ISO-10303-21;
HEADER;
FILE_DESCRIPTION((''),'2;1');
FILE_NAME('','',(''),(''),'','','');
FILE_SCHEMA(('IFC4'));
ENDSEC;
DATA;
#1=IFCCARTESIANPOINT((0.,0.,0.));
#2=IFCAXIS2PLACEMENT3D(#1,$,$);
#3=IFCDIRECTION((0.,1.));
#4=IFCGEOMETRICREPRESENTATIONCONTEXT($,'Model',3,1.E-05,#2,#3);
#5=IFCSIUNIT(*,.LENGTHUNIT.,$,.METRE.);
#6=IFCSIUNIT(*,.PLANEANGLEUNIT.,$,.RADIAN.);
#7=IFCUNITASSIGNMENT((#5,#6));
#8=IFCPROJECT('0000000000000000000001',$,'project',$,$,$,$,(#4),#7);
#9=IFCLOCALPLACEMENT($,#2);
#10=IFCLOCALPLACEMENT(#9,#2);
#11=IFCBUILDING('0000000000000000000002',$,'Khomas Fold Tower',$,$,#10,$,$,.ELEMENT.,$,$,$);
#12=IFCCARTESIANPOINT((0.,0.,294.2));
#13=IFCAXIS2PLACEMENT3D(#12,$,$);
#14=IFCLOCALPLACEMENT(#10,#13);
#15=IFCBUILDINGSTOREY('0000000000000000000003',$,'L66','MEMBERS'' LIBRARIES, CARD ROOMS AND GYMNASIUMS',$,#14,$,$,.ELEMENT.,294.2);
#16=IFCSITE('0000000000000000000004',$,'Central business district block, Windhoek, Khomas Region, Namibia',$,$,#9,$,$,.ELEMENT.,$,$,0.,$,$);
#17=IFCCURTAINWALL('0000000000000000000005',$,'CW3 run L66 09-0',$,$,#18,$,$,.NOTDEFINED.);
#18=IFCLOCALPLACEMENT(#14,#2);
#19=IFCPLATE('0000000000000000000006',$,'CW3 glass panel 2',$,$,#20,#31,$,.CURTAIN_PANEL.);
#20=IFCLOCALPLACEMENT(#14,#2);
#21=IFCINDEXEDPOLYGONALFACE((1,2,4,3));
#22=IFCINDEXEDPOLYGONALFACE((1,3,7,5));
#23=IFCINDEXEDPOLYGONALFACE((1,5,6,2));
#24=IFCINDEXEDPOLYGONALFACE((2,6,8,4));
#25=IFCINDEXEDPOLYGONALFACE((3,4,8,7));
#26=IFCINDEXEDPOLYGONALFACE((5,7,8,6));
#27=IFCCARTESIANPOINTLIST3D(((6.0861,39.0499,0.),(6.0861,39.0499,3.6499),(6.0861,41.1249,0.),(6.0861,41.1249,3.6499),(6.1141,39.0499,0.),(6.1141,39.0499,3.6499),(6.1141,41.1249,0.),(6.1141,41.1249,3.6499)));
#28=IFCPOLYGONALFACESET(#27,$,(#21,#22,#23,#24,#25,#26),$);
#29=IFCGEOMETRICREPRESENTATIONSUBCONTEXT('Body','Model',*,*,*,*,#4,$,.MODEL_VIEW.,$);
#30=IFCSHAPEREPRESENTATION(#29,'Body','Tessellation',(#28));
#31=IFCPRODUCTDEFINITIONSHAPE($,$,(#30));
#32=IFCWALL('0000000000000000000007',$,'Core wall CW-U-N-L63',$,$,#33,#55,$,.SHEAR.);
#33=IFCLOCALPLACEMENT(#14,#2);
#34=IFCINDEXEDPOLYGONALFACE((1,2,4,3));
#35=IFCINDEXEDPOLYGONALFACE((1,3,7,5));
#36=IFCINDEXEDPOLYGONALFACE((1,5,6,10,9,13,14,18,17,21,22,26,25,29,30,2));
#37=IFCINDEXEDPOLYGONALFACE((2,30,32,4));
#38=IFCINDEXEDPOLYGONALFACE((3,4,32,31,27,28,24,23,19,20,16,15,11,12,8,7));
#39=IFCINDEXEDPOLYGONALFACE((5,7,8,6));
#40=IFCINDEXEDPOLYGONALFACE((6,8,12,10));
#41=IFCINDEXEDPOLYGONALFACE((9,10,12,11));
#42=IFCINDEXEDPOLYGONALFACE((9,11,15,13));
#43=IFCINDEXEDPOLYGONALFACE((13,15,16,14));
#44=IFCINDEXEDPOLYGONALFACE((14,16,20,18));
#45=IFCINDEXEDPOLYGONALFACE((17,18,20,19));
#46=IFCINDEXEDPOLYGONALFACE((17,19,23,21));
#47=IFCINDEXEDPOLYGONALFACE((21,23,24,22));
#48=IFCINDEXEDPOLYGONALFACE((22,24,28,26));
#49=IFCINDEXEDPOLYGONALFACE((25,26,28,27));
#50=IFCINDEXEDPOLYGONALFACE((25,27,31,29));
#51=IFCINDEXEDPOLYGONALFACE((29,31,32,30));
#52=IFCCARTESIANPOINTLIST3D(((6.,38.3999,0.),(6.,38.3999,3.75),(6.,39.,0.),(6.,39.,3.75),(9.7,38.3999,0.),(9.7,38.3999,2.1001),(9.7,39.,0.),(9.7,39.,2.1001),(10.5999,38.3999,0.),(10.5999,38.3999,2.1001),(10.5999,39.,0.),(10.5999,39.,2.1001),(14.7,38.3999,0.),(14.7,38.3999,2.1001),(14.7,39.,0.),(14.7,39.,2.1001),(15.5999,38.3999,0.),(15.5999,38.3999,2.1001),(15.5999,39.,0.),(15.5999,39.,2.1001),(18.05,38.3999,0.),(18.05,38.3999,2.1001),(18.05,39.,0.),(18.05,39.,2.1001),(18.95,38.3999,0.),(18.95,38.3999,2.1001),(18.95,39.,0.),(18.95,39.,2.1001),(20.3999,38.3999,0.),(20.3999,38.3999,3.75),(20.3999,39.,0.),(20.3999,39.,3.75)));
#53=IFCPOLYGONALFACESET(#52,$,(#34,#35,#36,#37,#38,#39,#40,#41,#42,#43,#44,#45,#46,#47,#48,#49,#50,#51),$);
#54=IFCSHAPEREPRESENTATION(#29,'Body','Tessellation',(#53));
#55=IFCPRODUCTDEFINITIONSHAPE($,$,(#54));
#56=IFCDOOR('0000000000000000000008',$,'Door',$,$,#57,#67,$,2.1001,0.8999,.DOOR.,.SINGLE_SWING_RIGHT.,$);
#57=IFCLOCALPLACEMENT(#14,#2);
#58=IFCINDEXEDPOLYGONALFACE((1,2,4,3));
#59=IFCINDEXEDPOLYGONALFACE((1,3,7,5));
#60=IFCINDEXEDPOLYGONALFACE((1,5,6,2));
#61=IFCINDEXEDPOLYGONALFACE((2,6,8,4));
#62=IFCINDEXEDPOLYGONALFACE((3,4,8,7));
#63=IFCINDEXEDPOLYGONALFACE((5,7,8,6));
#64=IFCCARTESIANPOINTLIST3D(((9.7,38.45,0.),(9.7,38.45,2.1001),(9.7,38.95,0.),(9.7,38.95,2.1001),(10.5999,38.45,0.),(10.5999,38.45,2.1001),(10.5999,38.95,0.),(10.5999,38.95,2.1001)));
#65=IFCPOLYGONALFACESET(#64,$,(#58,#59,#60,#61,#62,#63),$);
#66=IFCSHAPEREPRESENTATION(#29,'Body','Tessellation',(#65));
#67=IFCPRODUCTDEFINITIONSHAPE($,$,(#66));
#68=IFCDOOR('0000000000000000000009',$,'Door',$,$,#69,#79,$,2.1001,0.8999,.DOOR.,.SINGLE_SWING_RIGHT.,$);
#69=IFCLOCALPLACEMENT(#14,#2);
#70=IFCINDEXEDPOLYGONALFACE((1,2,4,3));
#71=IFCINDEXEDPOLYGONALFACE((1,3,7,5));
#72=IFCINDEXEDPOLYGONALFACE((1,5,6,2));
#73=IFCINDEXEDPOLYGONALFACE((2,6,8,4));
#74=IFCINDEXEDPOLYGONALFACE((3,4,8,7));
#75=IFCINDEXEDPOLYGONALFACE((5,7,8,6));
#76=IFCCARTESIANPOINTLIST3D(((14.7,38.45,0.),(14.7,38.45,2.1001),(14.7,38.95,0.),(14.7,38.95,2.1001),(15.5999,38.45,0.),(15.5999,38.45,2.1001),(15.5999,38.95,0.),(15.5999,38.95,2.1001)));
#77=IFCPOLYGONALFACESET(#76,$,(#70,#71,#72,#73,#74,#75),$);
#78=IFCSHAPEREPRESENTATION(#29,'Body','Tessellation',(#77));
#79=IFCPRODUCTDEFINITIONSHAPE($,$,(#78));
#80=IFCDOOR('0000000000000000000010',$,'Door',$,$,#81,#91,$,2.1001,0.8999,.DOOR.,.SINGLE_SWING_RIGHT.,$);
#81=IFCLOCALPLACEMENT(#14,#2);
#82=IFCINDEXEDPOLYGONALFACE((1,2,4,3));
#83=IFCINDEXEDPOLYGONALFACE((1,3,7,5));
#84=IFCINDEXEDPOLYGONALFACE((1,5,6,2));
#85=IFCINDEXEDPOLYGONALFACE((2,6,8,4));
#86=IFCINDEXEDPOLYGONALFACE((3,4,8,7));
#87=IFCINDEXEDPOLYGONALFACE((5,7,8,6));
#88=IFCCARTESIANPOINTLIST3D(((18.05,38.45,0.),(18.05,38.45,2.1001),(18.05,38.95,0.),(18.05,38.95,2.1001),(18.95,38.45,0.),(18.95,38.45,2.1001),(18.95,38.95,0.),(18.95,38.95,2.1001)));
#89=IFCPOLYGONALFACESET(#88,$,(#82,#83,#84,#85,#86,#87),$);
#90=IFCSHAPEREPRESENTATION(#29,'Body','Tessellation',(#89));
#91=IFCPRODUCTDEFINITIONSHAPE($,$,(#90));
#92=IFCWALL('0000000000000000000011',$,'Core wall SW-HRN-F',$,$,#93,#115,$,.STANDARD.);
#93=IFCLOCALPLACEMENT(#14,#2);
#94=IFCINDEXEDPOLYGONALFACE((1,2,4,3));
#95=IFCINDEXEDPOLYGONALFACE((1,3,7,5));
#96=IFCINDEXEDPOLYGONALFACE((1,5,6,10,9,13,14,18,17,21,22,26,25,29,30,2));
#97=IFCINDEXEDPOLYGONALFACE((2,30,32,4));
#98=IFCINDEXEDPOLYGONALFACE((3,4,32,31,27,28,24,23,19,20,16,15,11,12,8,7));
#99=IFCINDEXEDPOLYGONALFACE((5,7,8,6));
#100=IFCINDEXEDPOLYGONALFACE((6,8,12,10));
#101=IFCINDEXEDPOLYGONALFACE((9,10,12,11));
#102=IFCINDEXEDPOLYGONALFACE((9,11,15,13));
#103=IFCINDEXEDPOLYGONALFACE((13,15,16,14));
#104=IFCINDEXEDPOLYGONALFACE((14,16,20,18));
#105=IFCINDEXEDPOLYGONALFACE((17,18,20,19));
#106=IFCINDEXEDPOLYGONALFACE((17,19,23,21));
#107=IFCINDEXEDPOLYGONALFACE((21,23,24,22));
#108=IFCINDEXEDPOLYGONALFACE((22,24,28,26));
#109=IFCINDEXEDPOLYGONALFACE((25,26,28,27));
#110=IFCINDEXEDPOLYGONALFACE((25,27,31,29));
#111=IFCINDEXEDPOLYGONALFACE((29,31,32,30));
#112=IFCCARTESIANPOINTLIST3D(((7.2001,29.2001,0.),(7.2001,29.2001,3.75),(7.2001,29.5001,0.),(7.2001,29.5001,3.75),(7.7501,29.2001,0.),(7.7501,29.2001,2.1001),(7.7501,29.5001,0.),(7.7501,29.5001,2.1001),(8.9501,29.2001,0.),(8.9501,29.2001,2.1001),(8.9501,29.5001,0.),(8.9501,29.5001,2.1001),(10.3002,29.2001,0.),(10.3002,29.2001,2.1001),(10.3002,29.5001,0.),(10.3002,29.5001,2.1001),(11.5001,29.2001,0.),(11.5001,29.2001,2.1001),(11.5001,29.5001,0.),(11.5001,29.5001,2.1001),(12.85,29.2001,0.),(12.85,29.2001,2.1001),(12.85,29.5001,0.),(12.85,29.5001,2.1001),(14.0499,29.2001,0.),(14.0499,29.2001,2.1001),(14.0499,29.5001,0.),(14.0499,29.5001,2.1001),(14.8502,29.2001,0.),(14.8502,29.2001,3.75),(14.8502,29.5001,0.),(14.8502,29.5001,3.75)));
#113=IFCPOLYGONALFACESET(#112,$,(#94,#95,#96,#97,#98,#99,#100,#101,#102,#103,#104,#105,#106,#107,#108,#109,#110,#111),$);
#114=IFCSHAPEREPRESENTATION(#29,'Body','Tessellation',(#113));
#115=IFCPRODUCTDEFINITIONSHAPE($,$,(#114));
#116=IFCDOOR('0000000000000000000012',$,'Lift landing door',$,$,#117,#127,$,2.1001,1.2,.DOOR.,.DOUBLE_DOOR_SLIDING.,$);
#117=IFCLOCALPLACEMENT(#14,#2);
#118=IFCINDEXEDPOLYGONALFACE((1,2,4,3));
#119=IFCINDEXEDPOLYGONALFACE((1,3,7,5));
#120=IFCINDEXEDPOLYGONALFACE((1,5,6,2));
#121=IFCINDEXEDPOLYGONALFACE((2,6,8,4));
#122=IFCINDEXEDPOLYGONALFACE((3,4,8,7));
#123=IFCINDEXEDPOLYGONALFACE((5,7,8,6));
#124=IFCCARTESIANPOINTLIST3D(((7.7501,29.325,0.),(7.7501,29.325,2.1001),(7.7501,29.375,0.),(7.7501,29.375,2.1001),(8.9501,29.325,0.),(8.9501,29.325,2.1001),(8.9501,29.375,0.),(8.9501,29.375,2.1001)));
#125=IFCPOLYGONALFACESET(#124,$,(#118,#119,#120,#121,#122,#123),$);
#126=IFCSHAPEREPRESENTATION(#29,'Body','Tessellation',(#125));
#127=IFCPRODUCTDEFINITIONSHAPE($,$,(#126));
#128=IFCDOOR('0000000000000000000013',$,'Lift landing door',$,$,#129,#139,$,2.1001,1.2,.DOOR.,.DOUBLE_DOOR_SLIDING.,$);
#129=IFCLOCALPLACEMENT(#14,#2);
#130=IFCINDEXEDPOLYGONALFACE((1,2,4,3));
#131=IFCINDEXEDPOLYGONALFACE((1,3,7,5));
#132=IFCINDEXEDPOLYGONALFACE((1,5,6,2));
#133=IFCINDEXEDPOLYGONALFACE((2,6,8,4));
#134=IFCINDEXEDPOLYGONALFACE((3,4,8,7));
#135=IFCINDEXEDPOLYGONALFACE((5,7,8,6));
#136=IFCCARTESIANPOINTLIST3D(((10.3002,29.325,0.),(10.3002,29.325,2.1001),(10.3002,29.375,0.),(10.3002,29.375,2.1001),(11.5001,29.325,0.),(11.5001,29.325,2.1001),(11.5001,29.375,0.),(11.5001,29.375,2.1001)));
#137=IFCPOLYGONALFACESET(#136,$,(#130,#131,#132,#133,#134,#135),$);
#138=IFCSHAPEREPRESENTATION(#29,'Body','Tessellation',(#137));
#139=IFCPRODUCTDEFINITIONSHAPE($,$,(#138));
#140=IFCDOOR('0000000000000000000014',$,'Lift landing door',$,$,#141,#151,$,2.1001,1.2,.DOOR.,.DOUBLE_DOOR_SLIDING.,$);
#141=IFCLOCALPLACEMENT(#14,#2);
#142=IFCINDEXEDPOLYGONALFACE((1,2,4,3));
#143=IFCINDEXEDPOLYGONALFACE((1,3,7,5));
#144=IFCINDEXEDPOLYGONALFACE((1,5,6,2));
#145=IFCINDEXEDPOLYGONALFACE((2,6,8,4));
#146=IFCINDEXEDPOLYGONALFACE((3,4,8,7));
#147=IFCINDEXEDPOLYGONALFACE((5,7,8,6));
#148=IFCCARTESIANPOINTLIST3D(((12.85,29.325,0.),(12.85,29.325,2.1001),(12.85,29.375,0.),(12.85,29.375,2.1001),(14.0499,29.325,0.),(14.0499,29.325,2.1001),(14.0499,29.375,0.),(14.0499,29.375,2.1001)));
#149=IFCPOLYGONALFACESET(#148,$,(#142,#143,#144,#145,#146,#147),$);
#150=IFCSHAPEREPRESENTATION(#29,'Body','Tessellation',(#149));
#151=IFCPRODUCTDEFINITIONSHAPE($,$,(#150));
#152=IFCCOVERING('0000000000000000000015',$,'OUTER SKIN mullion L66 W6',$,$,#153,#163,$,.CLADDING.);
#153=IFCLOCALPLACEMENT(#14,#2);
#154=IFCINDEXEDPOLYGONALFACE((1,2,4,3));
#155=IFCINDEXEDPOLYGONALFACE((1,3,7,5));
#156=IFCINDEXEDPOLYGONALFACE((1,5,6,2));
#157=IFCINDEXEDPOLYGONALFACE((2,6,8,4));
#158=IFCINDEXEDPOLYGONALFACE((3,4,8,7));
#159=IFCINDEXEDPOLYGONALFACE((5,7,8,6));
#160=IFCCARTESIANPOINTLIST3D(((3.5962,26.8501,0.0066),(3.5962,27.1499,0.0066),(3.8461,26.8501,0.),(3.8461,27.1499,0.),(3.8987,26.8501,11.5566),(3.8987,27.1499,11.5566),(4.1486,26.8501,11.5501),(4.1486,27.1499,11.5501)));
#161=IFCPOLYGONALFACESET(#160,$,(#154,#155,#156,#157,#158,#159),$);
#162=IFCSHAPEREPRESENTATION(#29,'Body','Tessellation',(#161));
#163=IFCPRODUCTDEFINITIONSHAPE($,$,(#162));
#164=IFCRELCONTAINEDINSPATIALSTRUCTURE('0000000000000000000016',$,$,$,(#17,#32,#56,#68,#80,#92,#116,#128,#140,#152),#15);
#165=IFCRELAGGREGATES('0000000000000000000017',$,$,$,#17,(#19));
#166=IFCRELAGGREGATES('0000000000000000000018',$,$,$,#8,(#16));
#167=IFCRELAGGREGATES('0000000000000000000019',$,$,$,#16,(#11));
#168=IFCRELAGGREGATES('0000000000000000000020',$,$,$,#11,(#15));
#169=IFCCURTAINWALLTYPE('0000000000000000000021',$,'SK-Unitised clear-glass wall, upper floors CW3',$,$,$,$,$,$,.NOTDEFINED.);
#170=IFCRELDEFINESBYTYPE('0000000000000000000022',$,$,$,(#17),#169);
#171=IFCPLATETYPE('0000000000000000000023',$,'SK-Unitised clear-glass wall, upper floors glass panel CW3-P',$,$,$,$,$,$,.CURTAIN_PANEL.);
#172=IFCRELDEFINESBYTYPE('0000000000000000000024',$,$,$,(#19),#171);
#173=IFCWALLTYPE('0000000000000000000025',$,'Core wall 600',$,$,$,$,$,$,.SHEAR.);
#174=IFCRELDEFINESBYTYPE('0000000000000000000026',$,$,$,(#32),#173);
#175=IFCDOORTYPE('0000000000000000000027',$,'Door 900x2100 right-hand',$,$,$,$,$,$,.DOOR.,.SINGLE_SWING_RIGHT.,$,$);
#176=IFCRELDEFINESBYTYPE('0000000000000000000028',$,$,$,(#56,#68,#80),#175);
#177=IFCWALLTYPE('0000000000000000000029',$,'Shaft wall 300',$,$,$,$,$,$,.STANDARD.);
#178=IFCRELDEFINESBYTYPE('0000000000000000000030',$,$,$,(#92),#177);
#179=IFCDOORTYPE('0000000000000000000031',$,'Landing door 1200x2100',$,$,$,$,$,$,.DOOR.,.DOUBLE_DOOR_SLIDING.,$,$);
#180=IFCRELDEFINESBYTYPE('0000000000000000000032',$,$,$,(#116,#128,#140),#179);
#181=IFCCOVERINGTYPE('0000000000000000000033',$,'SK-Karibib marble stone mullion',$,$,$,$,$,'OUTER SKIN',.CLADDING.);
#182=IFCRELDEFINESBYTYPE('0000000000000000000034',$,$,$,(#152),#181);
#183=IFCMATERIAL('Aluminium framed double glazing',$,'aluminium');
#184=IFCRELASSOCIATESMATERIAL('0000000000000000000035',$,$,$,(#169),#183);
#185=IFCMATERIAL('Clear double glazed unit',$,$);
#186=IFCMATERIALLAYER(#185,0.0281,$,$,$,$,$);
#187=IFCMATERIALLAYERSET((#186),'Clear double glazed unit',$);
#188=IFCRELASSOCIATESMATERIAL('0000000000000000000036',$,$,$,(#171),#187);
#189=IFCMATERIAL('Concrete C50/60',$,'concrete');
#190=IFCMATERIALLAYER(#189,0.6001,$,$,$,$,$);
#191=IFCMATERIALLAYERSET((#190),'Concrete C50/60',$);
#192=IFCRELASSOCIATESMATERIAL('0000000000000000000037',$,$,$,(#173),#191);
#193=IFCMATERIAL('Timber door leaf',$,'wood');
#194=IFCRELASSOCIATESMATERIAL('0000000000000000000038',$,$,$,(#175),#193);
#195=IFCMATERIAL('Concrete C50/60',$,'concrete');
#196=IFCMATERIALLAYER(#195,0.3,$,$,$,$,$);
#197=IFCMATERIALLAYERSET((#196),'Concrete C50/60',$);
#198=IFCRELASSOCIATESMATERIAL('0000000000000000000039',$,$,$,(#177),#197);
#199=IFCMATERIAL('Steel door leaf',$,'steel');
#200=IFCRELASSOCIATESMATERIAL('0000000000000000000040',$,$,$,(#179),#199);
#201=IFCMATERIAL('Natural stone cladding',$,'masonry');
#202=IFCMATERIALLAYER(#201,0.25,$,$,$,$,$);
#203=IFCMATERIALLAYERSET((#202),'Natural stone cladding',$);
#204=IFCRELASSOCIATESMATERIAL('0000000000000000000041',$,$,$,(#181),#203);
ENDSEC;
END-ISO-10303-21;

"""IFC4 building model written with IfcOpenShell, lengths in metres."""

from ifc_helpers import new_model, si_unit, direction, frame, frame_2d, origin, origin_2d, place, context, subcontext, project, spatial, polyline, rectangle, outline, extrude, source, transform, mapped, material, layer, layer_set, type_object, element, fill, aggregate, save


model = new_model("IFC4")

# Units and contexts
model_context = context("Model", 3, precision=1e-05, world=origin(), true_north=direction((0.0, 1.0)))
body_context = subcontext(model_context, "Body", "Model", "MODEL_VIEW")
ifc_project = project(units=[si_unit("LENGTHUNIT", "METRE"), si_unit("PLANEANGLEUNIT", "RADIAN")], contexts=[model_context])

# Site, building, storey
site_placement = place(None, origin())
site = spatial("IfcSite", under=ifc_project, at=site_placement, Name="Central business district block, Windhoek, Khomas Region, Namibia", CompositionType="ELEMENT", RefElevation=0.0)
building_placement = place(site_placement, origin())
building = spatial("IfcBuilding", under=site, at=building_placement, Name="Khomas Fold Tower", CompositionType="ELEMENT")
storey_placement = place(building_placement, frame((0.0, 0.0, 294.2)))
storey = spatial("IfcBuildingStorey", under=building, at=storey_placement, Name="L66", Description="MEMBERS' LIBRARIES, CARD ROOMS AND GYMNASIUMS", CompositionType="ELEMENT", Elevation=294.2)

# Shared definitions
ifc_material_1 = material(Name="Aluminium framed double glazing", Category="aluminium")
curtain_wall_type = type_object("IfcCurtainWallType", Name="SK-Unitised clear-glass wall, upper floors CW3", PredefinedType="NOTDEFINED", material=ifc_material_1)

# Curtain wall
curtain_wall_1_placement = place(storey_placement, origin())
curtain_wall_1 = element("IfcCurtainWall", 1, at=curtain_wall_1_placement, inside=storey, type_object=curtain_wall_type, Name="CW3 run L66 09-0", PredefinedType="NOTDEFINED")

# Plate
ifc_material_2 = material(Name="Clear double glazed unit")
ifc_layer_1 = layer(ifc_material_2, 0.0281)
ifc_layer_set_1 = layer_set([ifc_layer_1], Name="Clear double glazed unit")
plate_type_1 = type_object("IfcPlateType", Name="SK-Unitised clear-glass wall, upper floors glass panel CW3-P", PredefinedType="CURTAIN_PANEL", material=ifc_layer_set_1)
shared_shape_1 = source(origin(), body_context, "Body", "SweptSolid", [
    extrude(rectangle(XDim=2.075, YDim=0.0281, at=origin_2d()), origin(), (0.0, 0.0, 1.0), 3.6499),
])
plate_1_placement = place(storey_placement, frame((6.1001, 40.0874, 0.0), z_axis=(0.0, 0.0, 1.0), x_axis=(0.0, -1.0, 0.0)))
plate_1 = element("IfcPlate", 2, at=plate_1_placement, type_object=plate_type_1, Name="CW3 glass panel 2", PredefinedType="CURTAIN_PANEL", context=body_context, shape_type="MappedRepresentation", body=[
    mapped(shared_shape_1, transform((0.0, 0.0, 0.0))),
])
aggregate(curtain_wall_1, [plate_1])

# Walls, openings, doors
ifc_material_3 = material(Name="Concrete C50/60", Category="concrete")
ifc_layer_2 = layer(ifc_material_3, 0.6001)
ifc_layer_set_2 = layer_set([ifc_layer_2], Name="Concrete C50/60")
wall_type_1 = type_object("IfcWallType", Name="Core wall 600", PredefinedType="SHEAR", material=ifc_layer_set_2)
shared_shape_2 = source(origin(), body_context, "Body", "SweptSolid", [
    extrude(rectangle(XDim=14.3999, YDim=0.6001, at=frame_2d((7.2, 0.0))), origin(), (0.0, 0.0, 1.0), 3.75),
])
wall_1_placement = place(storey_placement, frame((6.0, 38.7, 0.0), z_axis=(0.0, 0.0, 1.0), x_axis=(1.0, 0.0, 0.0)))
wall_1 = element("IfcWall", 3, at=wall_1_placement, inside=storey, type_object=wall_type_1, Name="Core wall CW-U-N-L63", PredefinedType="SHEAR", context=body_context, shape_type="MappedRepresentation", body=[
    mapped(shared_shape_2, transform((0.0, 0.0, 0.0))),
])
shared_shape_3 = source(origin(), body_context, "Body", "SweptSolid", [
    extrude(rectangle(XDim=0.8999, YDim=2.1001, at=frame_2d((0.45, 1.05))), frame((0.0, 0.3101, 0.0), z_axis=(0.0, -1.0, 0.0), x_axis=(1.0, 0.0, 0.0)), (0.0, 0.0, 1.0), 0.6201),
])
opening_1_placement = place(wall_1_placement, frame((3.7, 0.0, 0.0)))
opening_1 = element("IfcOpeningElement", 4, at=opening_1_placement, cuts=wall_1, PredefinedType="OPENING", context=body_context, shape_type="MappedRepresentation", body=[
    mapped(shared_shape_3, transform((0.0, 0.0, 0.0))),
])
opening_2_placement = place(wall_1_placement, frame((8.7, 0.0, 0.0)))
opening_2 = element("IfcOpeningElement", 5, at=opening_2_placement, cuts=wall_1, PredefinedType="OPENING", context=body_context, shape_type="MappedRepresentation", body=[
    mapped(shared_shape_3, transform((0.0, 0.0, 0.0))),
])
opening_3_placement = place(wall_1_placement, frame((12.05, 0.0, 0.0)))
opening_3 = element("IfcOpeningElement", 6, at=opening_3_placement, cuts=wall_1, PredefinedType="OPENING", context=body_context, shape_type="MappedRepresentation", body=[
    mapped(shared_shape_3, transform((0.0, 0.0, 0.0))),
])
ifc_material_4 = material(Name="Timber door leaf", Category="wood")
door_type_1 = type_object("IfcDoorType", Name="Door 900x2100 right-hand", OperationType="SINGLE_SWING_RIGHT", PredefinedType="DOOR", material=ifc_material_4)
shared_shape_4 = source(origin(), body_context, "Body", "SweptSolid", [
    extrude(rectangle(XDim=0.8999, YDim=2.1001, at=frame_2d((0.45, 1.05))), frame((0.0, 0.25, 0.0), z_axis=(0.0, -1.0, 0.0), x_axis=(1.0, 0.0, 0.0)), (0.0, 0.0, 1.0), 0.5),
])
door_1_placement = place(opening_1_placement, origin())
door_1 = element("IfcDoor", 7, at=door_1_placement, inside=storey, type_object=door_type_1, Name="Door", OperationType="SINGLE_SWING_RIGHT", OverallHeight=2.1001, OverallWidth=0.8999, PredefinedType="DOOR", context=body_context, shape_type="MappedRepresentation", body=[
    mapped(shared_shape_4, transform((0.0, 0.0, 0.0))),
])
fill(opening_1, door_1)
door_2_placement = place(opening_2_placement, origin())
door_2 = element("IfcDoor", 8, at=door_2_placement, inside=storey, type_object=door_type_1, Name="Door", OperationType="SINGLE_SWING_RIGHT", OverallHeight=2.1001, OverallWidth=0.8999, PredefinedType="DOOR", context=body_context, shape_type="MappedRepresentation", body=[
    mapped(shared_shape_4, transform((0.0, 0.0, 0.0))),
])
fill(opening_2, door_2)
door_3_placement = place(opening_3_placement, origin())
door_3 = element("IfcDoor", 9, at=door_3_placement, inside=storey, type_object=door_type_1, Name="Door", OperationType="SINGLE_SWING_RIGHT", OverallHeight=2.1001, OverallWidth=0.8999, PredefinedType="DOOR", context=body_context, shape_type="MappedRepresentation", body=[
    mapped(shared_shape_4, transform((0.0, 0.0, 0.0))),
])
fill(opening_3, door_3)
ifc_material_5 = material(Name="Concrete C50/60", Category="concrete")
ifc_layer_3 = layer(ifc_material_5, 0.3)
ifc_layer_set_3 = layer_set([ifc_layer_3], Name="Concrete C50/60")
wall_type_2 = type_object("IfcWallType", Name="Shaft wall 300", PredefinedType="STANDARD", material=ifc_layer_set_3)
shared_shape_5 = source(origin(), body_context, "Body", "SweptSolid", [
    extrude(rectangle(XDim=7.6501, YDim=0.3, at=frame_2d((3.8252, 0.0))), origin(), (0.0, 0.0, 1.0), 3.75),
])
wall_2_placement = place(storey_placement, frame((7.2, 29.3501, 0.0), z_axis=(0.0, 0.0, 1.0), x_axis=(1.0, 0.0, 0.0)))
wall_2 = element("IfcWall", 10, at=wall_2_placement, inside=storey, type_object=wall_type_2, Name="Core wall SW-HRN-F", PredefinedType="STANDARD", context=body_context, shape_type="MappedRepresentation", body=[
    mapped(shared_shape_5, transform((0.0, 0.0, 0.0))),
])
shared_shape_6 = source(origin(), body_context, "Body", "SweptSolid", [
    extrude(rectangle(XDim=1.2, YDim=2.1001, at=frame_2d((0.6001, 1.05))), frame((0.0, 0.1599, 0.0), z_axis=(0.0, -1.0, 0.0), x_axis=(1.0, 0.0, 0.0)), (0.0, 0.0, 1.0), 0.3201),
])
opening_4_placement = place(wall_2_placement, frame((0.55, 0.0, 0.0)))
opening_4 = element("IfcOpeningElement", 11, at=opening_4_placement, cuts=wall_2, PredefinedType="OPENING", context=body_context, shape_type="MappedRepresentation", body=[
    mapped(shared_shape_6, transform((0.0, 0.0, 0.0))),
])
opening_5_placement = place(wall_2_placement, frame((3.1001, 0.0, 0.0)))
opening_5 = element("IfcOpeningElement", 12, at=opening_5_placement, cuts=wall_2, PredefinedType="OPENING", context=body_context, shape_type="MappedRepresentation", body=[
    mapped(shared_shape_6, transform((0.0, 0.0, 0.0))),
])
opening_6_placement = place(wall_2_placement, frame((5.6499, 0.0, 0.0)))
opening_6 = element("IfcOpeningElement", 13, at=opening_6_placement, cuts=wall_2, PredefinedType="OPENING", context=body_context, shape_type="MappedRepresentation", body=[
    mapped(shared_shape_6, transform((0.0, 0.0, 0.0))),
])
ifc_material_6 = material(Name="Steel door leaf", Category="steel")
door_type_2 = type_object("IfcDoorType", Name="Landing door 1200x2100", OperationType="DOUBLE_DOOR_SLIDING", PredefinedType="DOOR", material=ifc_material_6)
shared_shape_7 = source(origin(), body_context, "Body", "SweptSolid", [
    extrude(rectangle(XDim=1.2, YDim=2.1001, at=frame_2d((0.6001, 1.05))), frame((0.0, 0.0249, 0.0), z_axis=(0.0, -1.0, 0.0), x_axis=(1.0, 0.0, 0.0)), (0.0, 0.0, 1.0), 0.05),
])
door_4_placement = place(opening_4_placement, origin())
door_4 = element("IfcDoor", 14, at=door_4_placement, inside=storey, type_object=door_type_2, Name="Lift landing door", OperationType="DOUBLE_DOOR_SLIDING", OverallHeight=2.1001, OverallWidth=1.2, PredefinedType="DOOR", context=body_context, shape_type="MappedRepresentation", body=[
    mapped(shared_shape_7, transform((0.0, 0.0, 0.0))),
])
fill(opening_4, door_4)
door_5_placement = place(opening_5_placement, origin())
door_5 = element("IfcDoor", 15, at=door_5_placement, inside=storey, type_object=door_type_2, Name="Lift landing door", OperationType="DOUBLE_DOOR_SLIDING", OverallHeight=2.1001, OverallWidth=1.2, PredefinedType="DOOR", context=body_context, shape_type="MappedRepresentation", body=[
    mapped(shared_shape_7, transform((0.0, 0.0, 0.0))),
])
fill(opening_5, door_5)
door_6_placement = place(opening_6_placement, origin())
door_6 = element("IfcDoor", 16, at=door_6_placement, inside=storey, type_object=door_type_2, Name="Lift landing door", OperationType="DOUBLE_DOOR_SLIDING", OverallHeight=2.1001, OverallWidth=1.2, PredefinedType="DOOR", context=body_context, shape_type="MappedRepresentation", body=[
    mapped(shared_shape_7, transform((0.0, 0.0, 0.0))),
])
fill(opening_6, door_6)

# Covering
ifc_material_7 = material(Name="Natural stone cladding", Category="masonry")
ifc_layer_4 = layer(ifc_material_7, 0.25)
ifc_layer_set_4 = layer_set([ifc_layer_4], Name="Natural stone cladding")
covering_type = type_object("IfcCoveringType", Name="SK-Karibib marble stone mullion", ElementType="OUTER SKIN", PredefinedType="CLADDING", material=ifc_layer_set_4)
for number, where, z_axis, x_axis, name in (
    (17, (3.5962, 26.8501, 0.0066), (-0.999657, 0.0, 0.026181), (0.0, 1.0, 0.0), "OUTER SKIN mullion L66 W6"),
):
    element("IfcCovering", number, at=place(storey_placement, frame(where, z_axis=z_axis, x_axis=x_axis)), inside=storey, type_object=covering_type, Name=name, PredefinedType="CLADDING", context=body_context, shape_type="SweptSolid", body=[
        extrude(outline(polyline([(0.0, 0.0), (0.2998, 0.0), (0.2998, -11.554), (0.0, -11.554), (0.0, 0.0)])), origin(), (0.0, 0.0, -1.0), 0.25),
    ])

save(model, "model.ifc")
